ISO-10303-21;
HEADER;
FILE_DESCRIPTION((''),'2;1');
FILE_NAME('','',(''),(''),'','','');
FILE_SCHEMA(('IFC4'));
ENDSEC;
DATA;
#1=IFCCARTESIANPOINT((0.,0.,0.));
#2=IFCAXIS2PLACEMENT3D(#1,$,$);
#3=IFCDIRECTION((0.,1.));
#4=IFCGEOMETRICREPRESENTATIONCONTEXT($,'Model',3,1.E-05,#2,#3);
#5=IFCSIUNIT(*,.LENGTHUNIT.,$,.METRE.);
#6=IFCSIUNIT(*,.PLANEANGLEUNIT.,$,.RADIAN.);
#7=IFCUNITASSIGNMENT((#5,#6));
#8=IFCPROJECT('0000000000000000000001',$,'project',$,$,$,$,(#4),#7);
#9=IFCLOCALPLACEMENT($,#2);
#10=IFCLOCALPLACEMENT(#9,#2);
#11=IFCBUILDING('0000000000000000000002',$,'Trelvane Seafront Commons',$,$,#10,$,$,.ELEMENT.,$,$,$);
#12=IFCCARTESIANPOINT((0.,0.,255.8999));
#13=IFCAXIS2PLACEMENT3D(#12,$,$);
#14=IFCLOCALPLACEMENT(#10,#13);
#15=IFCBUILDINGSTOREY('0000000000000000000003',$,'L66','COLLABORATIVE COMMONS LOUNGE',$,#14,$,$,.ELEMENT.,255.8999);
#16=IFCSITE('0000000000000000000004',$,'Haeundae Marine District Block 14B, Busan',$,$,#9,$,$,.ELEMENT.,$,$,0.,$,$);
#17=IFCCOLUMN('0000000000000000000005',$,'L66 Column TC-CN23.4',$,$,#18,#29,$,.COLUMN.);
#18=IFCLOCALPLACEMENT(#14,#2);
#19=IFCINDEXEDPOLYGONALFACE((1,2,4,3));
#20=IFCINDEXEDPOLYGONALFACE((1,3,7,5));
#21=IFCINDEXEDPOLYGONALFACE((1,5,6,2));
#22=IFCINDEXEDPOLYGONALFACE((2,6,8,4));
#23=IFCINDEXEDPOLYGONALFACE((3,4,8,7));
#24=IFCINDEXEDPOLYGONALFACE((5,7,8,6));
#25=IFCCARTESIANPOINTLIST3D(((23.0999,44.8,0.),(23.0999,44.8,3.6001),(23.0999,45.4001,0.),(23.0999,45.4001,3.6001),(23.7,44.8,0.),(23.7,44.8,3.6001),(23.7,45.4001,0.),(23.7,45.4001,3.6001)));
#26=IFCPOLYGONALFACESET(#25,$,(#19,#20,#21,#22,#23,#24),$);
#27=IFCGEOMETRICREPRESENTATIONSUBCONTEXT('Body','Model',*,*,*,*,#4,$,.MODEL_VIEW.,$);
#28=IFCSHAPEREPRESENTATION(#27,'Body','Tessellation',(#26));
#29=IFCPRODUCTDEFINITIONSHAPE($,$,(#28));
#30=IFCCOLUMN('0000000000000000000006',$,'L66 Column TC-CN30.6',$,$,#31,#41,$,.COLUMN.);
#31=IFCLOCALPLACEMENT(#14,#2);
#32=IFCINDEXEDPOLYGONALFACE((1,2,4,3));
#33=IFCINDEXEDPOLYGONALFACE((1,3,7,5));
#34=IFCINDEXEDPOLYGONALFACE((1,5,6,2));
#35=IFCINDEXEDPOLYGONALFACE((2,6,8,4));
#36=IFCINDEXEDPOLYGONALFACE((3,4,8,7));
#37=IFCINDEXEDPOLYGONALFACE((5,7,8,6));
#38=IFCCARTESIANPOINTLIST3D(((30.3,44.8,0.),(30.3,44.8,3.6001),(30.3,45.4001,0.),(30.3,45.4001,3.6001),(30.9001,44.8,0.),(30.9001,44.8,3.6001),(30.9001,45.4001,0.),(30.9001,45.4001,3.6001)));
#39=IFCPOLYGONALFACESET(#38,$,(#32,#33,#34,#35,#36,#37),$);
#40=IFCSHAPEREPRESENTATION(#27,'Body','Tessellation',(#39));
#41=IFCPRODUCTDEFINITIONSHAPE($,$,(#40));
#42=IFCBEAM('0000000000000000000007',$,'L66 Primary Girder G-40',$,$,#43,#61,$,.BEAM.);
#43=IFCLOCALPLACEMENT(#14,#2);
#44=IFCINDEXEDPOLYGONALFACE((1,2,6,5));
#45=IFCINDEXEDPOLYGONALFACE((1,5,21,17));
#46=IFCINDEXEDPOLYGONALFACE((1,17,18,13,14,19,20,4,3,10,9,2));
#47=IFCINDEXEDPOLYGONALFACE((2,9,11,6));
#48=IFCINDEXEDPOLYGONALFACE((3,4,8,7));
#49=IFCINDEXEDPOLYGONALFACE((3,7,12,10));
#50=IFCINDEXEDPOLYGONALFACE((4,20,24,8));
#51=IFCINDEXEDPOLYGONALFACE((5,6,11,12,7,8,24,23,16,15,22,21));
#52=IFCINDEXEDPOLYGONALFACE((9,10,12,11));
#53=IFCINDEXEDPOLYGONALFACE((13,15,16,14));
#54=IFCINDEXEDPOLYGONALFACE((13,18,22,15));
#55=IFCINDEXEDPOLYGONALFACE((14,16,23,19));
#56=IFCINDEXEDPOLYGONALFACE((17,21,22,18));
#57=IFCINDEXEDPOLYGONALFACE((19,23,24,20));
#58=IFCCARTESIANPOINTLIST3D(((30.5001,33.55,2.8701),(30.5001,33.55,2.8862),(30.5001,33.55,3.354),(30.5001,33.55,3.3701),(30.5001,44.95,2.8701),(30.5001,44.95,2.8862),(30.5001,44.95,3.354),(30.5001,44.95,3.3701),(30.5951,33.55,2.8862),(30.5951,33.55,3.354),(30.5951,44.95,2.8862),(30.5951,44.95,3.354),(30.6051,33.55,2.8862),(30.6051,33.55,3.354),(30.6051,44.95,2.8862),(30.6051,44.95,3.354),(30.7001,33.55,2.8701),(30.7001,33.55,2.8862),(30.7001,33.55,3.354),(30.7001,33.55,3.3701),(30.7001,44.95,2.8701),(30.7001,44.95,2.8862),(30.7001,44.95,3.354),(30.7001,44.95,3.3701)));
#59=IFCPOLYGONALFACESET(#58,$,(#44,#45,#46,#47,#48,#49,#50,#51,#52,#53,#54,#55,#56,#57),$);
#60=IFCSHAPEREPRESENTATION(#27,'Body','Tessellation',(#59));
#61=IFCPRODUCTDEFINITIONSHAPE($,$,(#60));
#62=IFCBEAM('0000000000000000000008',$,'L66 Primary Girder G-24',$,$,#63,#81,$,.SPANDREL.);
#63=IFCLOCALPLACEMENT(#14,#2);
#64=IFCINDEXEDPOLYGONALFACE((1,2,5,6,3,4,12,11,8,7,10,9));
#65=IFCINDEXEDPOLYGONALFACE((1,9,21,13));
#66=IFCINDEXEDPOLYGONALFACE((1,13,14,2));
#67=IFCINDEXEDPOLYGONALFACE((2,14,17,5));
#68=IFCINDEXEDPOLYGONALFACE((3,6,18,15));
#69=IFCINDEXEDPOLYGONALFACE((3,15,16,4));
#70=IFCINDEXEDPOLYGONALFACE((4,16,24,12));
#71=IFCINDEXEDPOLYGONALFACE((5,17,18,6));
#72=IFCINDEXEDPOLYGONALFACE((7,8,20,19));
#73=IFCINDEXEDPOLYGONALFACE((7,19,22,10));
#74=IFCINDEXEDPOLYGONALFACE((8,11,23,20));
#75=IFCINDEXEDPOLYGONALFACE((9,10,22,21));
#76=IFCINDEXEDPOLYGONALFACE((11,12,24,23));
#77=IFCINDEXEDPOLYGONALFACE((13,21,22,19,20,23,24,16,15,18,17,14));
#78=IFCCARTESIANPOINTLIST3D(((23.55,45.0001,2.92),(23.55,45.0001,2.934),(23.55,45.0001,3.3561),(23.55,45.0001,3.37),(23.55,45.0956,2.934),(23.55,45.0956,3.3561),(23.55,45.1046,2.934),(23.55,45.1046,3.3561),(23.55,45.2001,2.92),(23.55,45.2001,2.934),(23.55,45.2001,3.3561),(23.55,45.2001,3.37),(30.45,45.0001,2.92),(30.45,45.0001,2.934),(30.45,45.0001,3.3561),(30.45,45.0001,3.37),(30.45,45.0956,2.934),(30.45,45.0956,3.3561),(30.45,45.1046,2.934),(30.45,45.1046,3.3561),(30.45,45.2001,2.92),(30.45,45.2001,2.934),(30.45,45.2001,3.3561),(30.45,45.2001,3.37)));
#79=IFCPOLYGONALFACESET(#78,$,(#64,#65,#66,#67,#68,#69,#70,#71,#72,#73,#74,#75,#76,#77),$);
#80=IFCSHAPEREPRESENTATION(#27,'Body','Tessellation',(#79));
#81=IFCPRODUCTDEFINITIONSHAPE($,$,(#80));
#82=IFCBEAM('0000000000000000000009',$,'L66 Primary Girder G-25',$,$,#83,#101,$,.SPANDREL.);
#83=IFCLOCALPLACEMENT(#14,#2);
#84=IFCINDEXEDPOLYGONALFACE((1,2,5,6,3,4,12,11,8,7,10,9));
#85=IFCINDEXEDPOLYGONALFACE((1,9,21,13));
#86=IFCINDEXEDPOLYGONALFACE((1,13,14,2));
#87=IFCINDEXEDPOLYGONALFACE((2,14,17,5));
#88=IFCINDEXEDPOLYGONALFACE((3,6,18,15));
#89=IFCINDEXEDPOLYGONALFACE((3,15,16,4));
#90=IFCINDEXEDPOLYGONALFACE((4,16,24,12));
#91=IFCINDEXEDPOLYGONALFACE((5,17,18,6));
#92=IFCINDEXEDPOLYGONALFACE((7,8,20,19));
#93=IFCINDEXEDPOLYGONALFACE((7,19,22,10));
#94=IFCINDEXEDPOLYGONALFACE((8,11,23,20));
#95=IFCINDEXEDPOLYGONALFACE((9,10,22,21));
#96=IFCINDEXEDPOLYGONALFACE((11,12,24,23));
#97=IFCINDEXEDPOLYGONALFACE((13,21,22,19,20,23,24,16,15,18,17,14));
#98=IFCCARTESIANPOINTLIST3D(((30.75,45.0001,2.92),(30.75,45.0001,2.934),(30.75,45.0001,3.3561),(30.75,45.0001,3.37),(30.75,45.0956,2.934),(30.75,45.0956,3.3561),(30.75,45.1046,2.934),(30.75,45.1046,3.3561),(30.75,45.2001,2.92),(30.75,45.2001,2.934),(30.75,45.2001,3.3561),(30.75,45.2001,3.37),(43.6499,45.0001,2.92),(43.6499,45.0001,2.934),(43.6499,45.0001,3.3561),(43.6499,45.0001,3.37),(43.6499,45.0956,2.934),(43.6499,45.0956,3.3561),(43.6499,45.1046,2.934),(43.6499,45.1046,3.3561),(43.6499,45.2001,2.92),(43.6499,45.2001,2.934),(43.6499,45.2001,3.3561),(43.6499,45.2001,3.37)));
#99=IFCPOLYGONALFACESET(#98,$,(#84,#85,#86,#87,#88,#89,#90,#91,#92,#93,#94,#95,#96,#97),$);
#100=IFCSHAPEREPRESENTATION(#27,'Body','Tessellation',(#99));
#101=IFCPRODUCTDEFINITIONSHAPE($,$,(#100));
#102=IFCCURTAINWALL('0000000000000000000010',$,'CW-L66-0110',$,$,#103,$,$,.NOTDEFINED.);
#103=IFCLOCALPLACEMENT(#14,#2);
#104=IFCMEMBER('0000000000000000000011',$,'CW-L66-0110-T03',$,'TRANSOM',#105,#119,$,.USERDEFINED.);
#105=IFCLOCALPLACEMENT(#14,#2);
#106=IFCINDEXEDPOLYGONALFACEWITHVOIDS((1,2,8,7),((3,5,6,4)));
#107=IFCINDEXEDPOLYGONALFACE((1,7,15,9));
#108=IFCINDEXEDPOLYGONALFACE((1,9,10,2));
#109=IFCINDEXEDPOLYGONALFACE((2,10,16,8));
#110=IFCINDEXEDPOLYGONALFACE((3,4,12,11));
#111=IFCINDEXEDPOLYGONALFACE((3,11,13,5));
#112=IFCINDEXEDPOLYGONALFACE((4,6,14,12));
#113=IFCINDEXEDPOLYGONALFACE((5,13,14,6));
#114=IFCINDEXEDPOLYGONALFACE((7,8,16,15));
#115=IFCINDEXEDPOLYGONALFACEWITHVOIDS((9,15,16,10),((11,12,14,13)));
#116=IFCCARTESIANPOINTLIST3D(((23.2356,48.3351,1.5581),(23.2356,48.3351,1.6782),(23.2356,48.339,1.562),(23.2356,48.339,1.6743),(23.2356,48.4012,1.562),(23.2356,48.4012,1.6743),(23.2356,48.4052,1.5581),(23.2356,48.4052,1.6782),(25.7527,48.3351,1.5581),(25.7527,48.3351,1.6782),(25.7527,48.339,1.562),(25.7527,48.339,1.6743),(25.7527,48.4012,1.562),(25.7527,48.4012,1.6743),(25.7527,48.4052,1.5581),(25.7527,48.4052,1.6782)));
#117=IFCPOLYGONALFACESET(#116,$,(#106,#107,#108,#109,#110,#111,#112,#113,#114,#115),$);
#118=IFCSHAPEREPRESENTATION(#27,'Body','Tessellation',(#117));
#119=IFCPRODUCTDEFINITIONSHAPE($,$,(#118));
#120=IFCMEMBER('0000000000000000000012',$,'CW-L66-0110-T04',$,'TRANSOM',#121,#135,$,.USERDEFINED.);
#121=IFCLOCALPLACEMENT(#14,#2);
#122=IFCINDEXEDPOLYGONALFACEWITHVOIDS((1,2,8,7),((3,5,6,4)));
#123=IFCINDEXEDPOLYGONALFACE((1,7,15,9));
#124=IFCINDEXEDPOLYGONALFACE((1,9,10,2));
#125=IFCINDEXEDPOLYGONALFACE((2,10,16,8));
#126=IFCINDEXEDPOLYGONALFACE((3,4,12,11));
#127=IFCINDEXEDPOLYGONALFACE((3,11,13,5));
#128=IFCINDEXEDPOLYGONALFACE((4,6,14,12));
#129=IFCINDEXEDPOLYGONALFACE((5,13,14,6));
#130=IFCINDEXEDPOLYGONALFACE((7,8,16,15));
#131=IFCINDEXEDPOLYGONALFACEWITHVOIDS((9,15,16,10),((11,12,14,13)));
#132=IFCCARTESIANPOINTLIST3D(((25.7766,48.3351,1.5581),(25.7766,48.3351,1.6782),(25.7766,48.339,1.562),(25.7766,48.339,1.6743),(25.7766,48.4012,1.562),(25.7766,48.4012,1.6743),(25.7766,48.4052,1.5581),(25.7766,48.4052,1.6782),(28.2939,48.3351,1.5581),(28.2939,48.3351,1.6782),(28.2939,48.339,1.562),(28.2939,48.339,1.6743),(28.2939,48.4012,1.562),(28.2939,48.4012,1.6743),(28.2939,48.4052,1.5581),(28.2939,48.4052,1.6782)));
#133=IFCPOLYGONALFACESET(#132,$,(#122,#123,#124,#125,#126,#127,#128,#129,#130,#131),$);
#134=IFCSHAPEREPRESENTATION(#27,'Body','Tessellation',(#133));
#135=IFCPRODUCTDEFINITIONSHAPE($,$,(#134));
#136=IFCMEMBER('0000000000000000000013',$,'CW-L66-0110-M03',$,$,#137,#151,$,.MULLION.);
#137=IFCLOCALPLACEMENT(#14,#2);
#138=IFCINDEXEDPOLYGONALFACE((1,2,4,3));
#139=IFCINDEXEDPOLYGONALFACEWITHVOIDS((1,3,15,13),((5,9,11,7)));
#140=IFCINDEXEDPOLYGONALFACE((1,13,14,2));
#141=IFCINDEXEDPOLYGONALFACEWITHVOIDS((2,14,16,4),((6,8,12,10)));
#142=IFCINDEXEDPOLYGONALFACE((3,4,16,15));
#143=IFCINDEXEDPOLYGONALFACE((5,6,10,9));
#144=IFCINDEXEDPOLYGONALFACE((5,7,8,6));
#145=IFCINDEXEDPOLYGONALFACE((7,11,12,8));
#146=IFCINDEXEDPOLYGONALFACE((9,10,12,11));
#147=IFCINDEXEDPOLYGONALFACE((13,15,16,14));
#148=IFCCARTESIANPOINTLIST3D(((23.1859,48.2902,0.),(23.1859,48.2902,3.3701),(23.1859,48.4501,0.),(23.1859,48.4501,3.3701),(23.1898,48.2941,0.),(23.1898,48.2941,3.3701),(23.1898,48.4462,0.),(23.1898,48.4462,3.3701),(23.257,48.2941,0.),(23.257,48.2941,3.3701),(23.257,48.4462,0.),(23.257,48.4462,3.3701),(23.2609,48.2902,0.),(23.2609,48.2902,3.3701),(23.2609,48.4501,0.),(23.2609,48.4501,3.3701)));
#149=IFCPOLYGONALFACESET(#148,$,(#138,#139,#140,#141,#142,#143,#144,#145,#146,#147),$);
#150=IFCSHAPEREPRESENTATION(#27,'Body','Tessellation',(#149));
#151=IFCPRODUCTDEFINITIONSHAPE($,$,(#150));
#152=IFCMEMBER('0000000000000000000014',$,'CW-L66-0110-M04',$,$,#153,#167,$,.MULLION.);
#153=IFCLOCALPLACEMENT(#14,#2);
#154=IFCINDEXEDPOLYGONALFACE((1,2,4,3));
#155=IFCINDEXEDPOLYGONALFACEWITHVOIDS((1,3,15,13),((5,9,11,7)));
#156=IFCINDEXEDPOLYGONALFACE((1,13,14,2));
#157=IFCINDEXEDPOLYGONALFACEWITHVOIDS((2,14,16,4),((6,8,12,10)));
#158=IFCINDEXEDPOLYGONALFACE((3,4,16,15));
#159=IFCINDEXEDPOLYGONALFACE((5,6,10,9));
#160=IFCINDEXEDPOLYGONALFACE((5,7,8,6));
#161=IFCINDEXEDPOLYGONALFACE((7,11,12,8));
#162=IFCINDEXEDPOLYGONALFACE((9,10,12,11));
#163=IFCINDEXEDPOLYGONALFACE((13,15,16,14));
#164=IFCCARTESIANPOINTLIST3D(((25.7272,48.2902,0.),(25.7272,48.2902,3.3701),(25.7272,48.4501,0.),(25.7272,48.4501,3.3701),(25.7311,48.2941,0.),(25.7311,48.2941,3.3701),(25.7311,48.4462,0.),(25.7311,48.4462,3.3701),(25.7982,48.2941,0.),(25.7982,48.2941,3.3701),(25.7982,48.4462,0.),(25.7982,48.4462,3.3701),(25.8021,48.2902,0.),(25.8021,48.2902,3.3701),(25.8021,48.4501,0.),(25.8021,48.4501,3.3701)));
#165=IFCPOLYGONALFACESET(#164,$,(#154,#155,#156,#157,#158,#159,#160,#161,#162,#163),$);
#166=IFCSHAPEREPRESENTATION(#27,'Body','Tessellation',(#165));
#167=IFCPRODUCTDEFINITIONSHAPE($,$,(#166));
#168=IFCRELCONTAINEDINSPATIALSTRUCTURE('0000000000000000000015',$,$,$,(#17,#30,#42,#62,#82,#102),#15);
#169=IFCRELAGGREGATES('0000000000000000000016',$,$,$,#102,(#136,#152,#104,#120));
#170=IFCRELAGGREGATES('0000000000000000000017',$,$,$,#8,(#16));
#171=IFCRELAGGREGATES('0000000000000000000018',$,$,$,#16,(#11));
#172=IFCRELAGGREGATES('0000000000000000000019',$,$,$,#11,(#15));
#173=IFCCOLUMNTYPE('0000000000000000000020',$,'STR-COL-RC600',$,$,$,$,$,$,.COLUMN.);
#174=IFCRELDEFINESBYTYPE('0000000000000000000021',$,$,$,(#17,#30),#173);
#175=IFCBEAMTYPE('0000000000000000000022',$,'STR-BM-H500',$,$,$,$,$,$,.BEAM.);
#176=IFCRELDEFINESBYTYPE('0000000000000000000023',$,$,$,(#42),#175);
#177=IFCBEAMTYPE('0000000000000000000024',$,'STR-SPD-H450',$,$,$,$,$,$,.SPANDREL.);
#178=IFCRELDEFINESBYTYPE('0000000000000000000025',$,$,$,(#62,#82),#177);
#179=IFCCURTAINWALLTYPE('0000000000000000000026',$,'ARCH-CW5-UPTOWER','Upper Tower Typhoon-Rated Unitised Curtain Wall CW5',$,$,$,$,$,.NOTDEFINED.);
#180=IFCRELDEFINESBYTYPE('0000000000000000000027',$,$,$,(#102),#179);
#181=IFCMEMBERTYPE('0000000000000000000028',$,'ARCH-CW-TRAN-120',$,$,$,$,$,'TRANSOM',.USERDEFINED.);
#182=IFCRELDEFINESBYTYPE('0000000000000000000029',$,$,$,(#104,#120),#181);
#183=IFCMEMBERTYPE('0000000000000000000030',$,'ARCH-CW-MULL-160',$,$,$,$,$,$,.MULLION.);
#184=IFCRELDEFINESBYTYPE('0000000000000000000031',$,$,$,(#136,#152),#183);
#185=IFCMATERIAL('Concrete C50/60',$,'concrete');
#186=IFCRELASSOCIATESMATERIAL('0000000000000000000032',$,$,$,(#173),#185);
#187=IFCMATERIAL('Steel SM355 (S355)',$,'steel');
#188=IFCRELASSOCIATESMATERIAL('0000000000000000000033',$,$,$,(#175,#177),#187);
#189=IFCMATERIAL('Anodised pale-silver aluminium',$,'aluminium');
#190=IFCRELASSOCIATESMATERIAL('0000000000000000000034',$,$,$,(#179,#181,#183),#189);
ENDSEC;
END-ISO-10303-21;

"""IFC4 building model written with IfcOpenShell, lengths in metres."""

from ifc_helpers import new_model, si_unit, direction, frame, origin, origin_2d, place, context, subcontext, project, spatial, rectangle, hollow_rectangle, i_section, extrude, source, transform, mapped, material, material_profile, profile_set, type_object, element, aggregate, save


model = new_model("IFC4")

# Units and contexts
model_context = context("Model", 3, precision=1e-05, world=origin(), true_north=direction((0.0, 1.0)))
body_context = subcontext(model_context, "Body", "Model", "MODEL_VIEW")
ifc_project = project(units=[si_unit("LENGTHUNIT", "METRE"), si_unit("PLANEANGLEUNIT", "RADIAN")], contexts=[model_context])

# Site, building, storey
site_placement = place(None, origin())
site = spatial("IfcSite", under=ifc_project, at=site_placement, Name="Haeundae Marine District Block 14B, Busan", CompositionType="ELEMENT", RefElevation=0.0)
building_placement = place(site_placement, origin())
building = spatial("IfcBuilding", under=site, at=building_placement, Name="Trelvane Seafront Commons", CompositionType="ELEMENT")
storey_placement = place(building_placement, frame((0.0, 0.0, 255.8999)))
storey = spatial("IfcBuildingStorey", under=building, at=storey_placement, Name="L66", Description="COLLABORATIVE COMMONS LOUNGE", CompositionType="ELEMENT", Elevation=255.8999)

# Columns
ifc_material_1 = material(Name="Concrete C50/60", Category="concrete")
ifc_material_profile_1 = material_profile(ifc_material_1, rectangle(XDim=0.6001, YDim=0.6001, at=origin_2d()), Name="RC-600x600")
ifc_profile_set_1 = profile_set([ifc_material_profile_1], Name="Concrete C50/60")
column_type = type_object("IfcColumnType", Name="STR-COL-RC600", PredefinedType="COLUMN", material=ifc_profile_set_1)
shared_shape_1 = source(origin(), body_context, "Body", "SweptSolid", [
    extrude(rectangle(XDim=0.6001, YDim=0.6001, at=origin_2d()), origin(), (0.0, 0.0, 1.0), 3.6001),
])
for number, where, z_axis, x_axis, name in (
    (1, (23.3999, 45.1001, 0.0), (0.0, 0.0, 1.0), (1.0, 0.0, 0.0), "L66 Column TC-CN23.4"),
    (2, (30.6001, 45.1001, 0.0), (0.0, 0.0, 1.0), (1.0, 0.0, 0.0), "L66 Column TC-CN30.6"),
):
    element("IfcColumn", number, at=place(storey_placement, frame(where, z_axis=z_axis, x_axis=x_axis)), inside=storey, type_object=column_type, Name=name, PredefinedType="COLUMN", context=body_context, shape_type="MappedRepresentation", body=[
        mapped(shared_shape_1, transform((0.0, 0.0, 0.0), x_axis=(1.0, 0.0, 0.0), y_axis=(0.0, 1.0, 0.0), z_axis=(0.0, 0.0, 1.0), scale=1.0)),
    ])

# Beams
ifc_material_2 = material(Name="Steel SM355 (S355)", Category="steel")
ifc_material_profile_2 = material_profile(ifc_material_2, i_section(OverallWidth=0.2, OverallDepth=0.5, WebThickness=0.01, FlangeThickness=0.0161, at=origin_2d()), Name="H-500x200x10x16")
ifc_profile_set_2 = profile_set([ifc_material_profile_2], Name="Steel SM355 (S355)")
beam_type_1 = type_object("IfcBeamType", Name="STR-BM-H500", PredefinedType="BEAM", material=ifc_profile_set_2)
shared_shape_2 = source(origin(), body_context, "Body", "SweptSolid", [
    extrude(i_section(OverallWidth=0.2, OverallDepth=0.5, WebThickness=0.01, FlangeThickness=0.0161, at=origin_2d()), origin(), (0.0, 0.0, 1.0), 11.3999),
])
beam_1_placement = place(storey_placement, frame((30.6001, 33.55, 3.1201), z_axis=(0.0, 1.0, 0.0), x_axis=(-1.0, 0.0, 0.0)))
element("IfcBeam", 3, at=beam_1_placement, inside=storey, type_object=beam_type_1, Name="L66 Primary Girder G-40", PredefinedType="BEAM", context=body_context, shape_type="MappedRepresentation", body=[
    mapped(shared_shape_2, transform((0.0, 0.0, 0.0), x_axis=(1.0, 0.0, 0.0), y_axis=(0.0, 1.0, 0.0), z_axis=(0.0, 0.0, 1.0), scale=1.0)),
])
ifc_material_profile_3 = material_profile(ifc_material_2, i_section(OverallWidth=0.2, OverallDepth=0.45, WebThickness=0.009, FlangeThickness=0.0139, at=origin_2d()), Name="H-450x200x9x14")
ifc_profile_set_3 = profile_set([ifc_material_profile_3], Name="Steel SM355 (S355)")
beam_type_2 = type_object("IfcBeamType", Name="STR-SPD-H450", PredefinedType="SPANDREL", material=ifc_profile_set_3)
shared_shape_3 = source(origin(), body_context, "Body", "SweptSolid", [
    extrude(i_section(OverallWidth=0.2, OverallDepth=0.45, WebThickness=0.009, FlangeThickness=0.0139, at=origin_2d()), origin(), (0.0, 0.0, 1.0), 6.8999),
])
beam_2_placement = place(storey_placement, frame((23.55, 45.1001, 3.145), z_axis=(1.0, 0.0, 0.0), x_axis=(0.0, 1.0, 0.0)))
element("IfcBeam", 4, at=beam_2_placement, inside=storey, type_object=beam_type_2, Name="L66 Primary Girder G-24", PredefinedType="SPANDREL", context=body_context, shape_type="MappedRepresentation", body=[
    mapped(shared_shape_3, transform((0.0, 0.0, 0.0), x_axis=(1.0, 0.0, 0.0), y_axis=(0.0, 1.0, 0.0), z_axis=(0.0, 0.0, 1.0), scale=1.0)),
])
shared_shape_4 = source(origin(), body_context, "Body", "SweptSolid", [
    extrude(i_section(OverallWidth=0.2, OverallDepth=0.45, WebThickness=0.009, FlangeThickness=0.0139, at=origin_2d()), origin(), (0.0, 0.0, 1.0), 12.8999),
])
beam_3_placement = place(storey_placement, frame((30.75, 45.1001, 3.145), z_axis=(1.0, 0.0, 0.0), x_axis=(0.0, 1.0, 0.0)))
element("IfcBeam", 5, at=beam_3_placement, inside=storey, type_object=beam_type_2, Name="L66 Primary Girder G-25", PredefinedType="SPANDREL", context=body_context, shape_type="MappedRepresentation", body=[
    mapped(shared_shape_4, transform((0.0, 0.0, 0.0), x_axis=(1.0, 0.0, 0.0), y_axis=(0.0, 1.0, 0.0), z_axis=(0.0, 0.0, 1.0), scale=1.0)),
])

# Curtain wall, members
ifc_material_3 = material(Name="Anodised pale-silver aluminium", Category="aluminium")
curtain_wall_type = type_object("IfcCurtainWallType", Name="ARCH-CW5-UPTOWER", Description="Upper Tower Typhoon-Rated Unitised Curtain Wall CW5", PredefinedType="NOTDEFINED", material=ifc_material_3)
curtain_wall_placement = place(storey_placement, origin())
curtain_wall = element("IfcCurtainWall", 6, at=curtain_wall_placement, inside=storey, type_object=curtain_wall_type, Name="CW-L66-0110", PredefinedType="NOTDEFINED")
ifc_material_profile_4 = material_profile(ifc_material_3, hollow_rectangle(XDim=0.0701, YDim=0.1201, WallThickness=0.0039, at=origin_2d()), Name="TRAN-70x120x4")
ifc_profile_set_4 = profile_set([ifc_material_profile_4], Name="Anodised pale-silver aluminium")
member_type_1 = type_object("IfcMemberType", Name="ARCH-CW-TRAN-120", ElementType="TRANSOM", PredefinedType="USERDEFINED", material=ifc_profile_set_4)
shared_shape_5 = source(origin(), body_context, "Body", "SweptSolid", [
    extrude(hollow_rectangle(XDim=0.0701, YDim=0.1201, WallThickness=0.0039, at=origin_2d()), origin(), (0.0, 0.0, 1.0), 2.5171),
])
member_1_placement = place(storey_placement, frame((23.2356, 48.3701, 1.6182), z_axis=(1.0, 0.0, 0.0), x_axis=(0.0, 1.0, 0.0)))
member_1 = element("IfcMember", 7, at=member_1_placement, type_object=member_type_1, Name="CW-L66-0110-T03", ObjectType="TRANSOM", PredefinedType="USERDEFINED", context=body_context, shape_type="MappedRepresentation", body=[
    mapped(shared_shape_5, transform((0.0, 0.0, 0.0), x_axis=(1.0, 0.0, 0.0), y_axis=(0.0, 1.0, 0.0), z_axis=(0.0, 0.0, 1.0), scale=1.0)),
])
shared_shape_6 = source(origin(), body_context, "Body", "SweptSolid", [
    extrude(hollow_rectangle(XDim=0.0701, YDim=0.1201, WallThickness=0.0039, at=origin_2d()), origin(), (0.0, 0.0, 1.0), 2.5173),
])
member_2_placement = place(storey_placement, frame((25.7766, 48.3701, 1.6182), z_axis=(1.0, 0.0, 0.0), x_axis=(0.0, 1.0, 0.0)))
member_2 = element("IfcMember", 8, at=member_2_placement, type_object=member_type_1, Name="CW-L66-0110-T04", ObjectType="TRANSOM", PredefinedType="USERDEFINED", context=body_context, shape_type="MappedRepresentation", body=[
    mapped(shared_shape_6, transform((0.0, 0.0, 0.0), x_axis=(1.0, 0.0, 0.0), y_axis=(0.0, 1.0, 0.0), z_axis=(0.0, 0.0, 1.0), scale=1.0)),
])
ifc_material_profile_5 = material_profile(ifc_material_3, hollow_rectangle(XDim=0.075, YDim=0.1599, WallThickness=0.0039, at=origin_2d()), Name="MULL-75x160x4")
ifc_profile_set_5 = profile_set([ifc_material_profile_5], Name="Anodised pale-silver aluminium")
member_type_2 = type_object("IfcMemberType", Name="ARCH-CW-MULL-160", PredefinedType="MULLION", material=ifc_profile_set_5)
shared_shape_7 = source(origin(), body_context, "Body", "SweptSolid", [
    extrude(hollow_rectangle(XDim=0.075, YDim=0.1599, WallThickness=0.0039, at=origin_2d()), origin(), (0.0, 0.0, 1.0), 3.3701),
])
member_3_placement = place(storey_placement, frame((23.2234, 48.3701, 0.0), z_axis=(0.0, 0.0, 1.0), x_axis=(1.0, 0.0, 0.0)))
member_3 = element("IfcMember", 9, at=member_3_placement, type_object=member_type_2, Name="CW-L66-0110-M03", PredefinedType="MULLION", context=body_context, shape_type="MappedRepresentation", body=[
    mapped(shared_shape_7, transform((0.0, 0.0, 0.0), x_axis=(1.0, 0.0, 0.0), y_axis=(0.0, 1.0, 0.0), z_axis=(0.0, 0.0, 1.0), scale=1.0)),
])
member_4_placement = place(storey_placement, frame((25.7646, 48.3701, 0.0), z_axis=(0.0, 0.0, 1.0), x_axis=(1.0, 0.0, 0.0)))
member_4 = element("IfcMember", 10, at=member_4_placement, type_object=member_type_2, Name="CW-L66-0110-M04", PredefinedType="MULLION", context=body_context, shape_type="MappedRepresentation", body=[
    mapped(shared_shape_7, transform((0.0, 0.0, 0.0), x_axis=(1.0, 0.0, 0.0), y_axis=(0.0, 1.0, 0.0), z_axis=(0.0, 0.0, 1.0), scale=1.0)),
])
aggregate(curtain_wall, [member_3, member_4, member_1, member_2])

save(model, "model.ifc")
